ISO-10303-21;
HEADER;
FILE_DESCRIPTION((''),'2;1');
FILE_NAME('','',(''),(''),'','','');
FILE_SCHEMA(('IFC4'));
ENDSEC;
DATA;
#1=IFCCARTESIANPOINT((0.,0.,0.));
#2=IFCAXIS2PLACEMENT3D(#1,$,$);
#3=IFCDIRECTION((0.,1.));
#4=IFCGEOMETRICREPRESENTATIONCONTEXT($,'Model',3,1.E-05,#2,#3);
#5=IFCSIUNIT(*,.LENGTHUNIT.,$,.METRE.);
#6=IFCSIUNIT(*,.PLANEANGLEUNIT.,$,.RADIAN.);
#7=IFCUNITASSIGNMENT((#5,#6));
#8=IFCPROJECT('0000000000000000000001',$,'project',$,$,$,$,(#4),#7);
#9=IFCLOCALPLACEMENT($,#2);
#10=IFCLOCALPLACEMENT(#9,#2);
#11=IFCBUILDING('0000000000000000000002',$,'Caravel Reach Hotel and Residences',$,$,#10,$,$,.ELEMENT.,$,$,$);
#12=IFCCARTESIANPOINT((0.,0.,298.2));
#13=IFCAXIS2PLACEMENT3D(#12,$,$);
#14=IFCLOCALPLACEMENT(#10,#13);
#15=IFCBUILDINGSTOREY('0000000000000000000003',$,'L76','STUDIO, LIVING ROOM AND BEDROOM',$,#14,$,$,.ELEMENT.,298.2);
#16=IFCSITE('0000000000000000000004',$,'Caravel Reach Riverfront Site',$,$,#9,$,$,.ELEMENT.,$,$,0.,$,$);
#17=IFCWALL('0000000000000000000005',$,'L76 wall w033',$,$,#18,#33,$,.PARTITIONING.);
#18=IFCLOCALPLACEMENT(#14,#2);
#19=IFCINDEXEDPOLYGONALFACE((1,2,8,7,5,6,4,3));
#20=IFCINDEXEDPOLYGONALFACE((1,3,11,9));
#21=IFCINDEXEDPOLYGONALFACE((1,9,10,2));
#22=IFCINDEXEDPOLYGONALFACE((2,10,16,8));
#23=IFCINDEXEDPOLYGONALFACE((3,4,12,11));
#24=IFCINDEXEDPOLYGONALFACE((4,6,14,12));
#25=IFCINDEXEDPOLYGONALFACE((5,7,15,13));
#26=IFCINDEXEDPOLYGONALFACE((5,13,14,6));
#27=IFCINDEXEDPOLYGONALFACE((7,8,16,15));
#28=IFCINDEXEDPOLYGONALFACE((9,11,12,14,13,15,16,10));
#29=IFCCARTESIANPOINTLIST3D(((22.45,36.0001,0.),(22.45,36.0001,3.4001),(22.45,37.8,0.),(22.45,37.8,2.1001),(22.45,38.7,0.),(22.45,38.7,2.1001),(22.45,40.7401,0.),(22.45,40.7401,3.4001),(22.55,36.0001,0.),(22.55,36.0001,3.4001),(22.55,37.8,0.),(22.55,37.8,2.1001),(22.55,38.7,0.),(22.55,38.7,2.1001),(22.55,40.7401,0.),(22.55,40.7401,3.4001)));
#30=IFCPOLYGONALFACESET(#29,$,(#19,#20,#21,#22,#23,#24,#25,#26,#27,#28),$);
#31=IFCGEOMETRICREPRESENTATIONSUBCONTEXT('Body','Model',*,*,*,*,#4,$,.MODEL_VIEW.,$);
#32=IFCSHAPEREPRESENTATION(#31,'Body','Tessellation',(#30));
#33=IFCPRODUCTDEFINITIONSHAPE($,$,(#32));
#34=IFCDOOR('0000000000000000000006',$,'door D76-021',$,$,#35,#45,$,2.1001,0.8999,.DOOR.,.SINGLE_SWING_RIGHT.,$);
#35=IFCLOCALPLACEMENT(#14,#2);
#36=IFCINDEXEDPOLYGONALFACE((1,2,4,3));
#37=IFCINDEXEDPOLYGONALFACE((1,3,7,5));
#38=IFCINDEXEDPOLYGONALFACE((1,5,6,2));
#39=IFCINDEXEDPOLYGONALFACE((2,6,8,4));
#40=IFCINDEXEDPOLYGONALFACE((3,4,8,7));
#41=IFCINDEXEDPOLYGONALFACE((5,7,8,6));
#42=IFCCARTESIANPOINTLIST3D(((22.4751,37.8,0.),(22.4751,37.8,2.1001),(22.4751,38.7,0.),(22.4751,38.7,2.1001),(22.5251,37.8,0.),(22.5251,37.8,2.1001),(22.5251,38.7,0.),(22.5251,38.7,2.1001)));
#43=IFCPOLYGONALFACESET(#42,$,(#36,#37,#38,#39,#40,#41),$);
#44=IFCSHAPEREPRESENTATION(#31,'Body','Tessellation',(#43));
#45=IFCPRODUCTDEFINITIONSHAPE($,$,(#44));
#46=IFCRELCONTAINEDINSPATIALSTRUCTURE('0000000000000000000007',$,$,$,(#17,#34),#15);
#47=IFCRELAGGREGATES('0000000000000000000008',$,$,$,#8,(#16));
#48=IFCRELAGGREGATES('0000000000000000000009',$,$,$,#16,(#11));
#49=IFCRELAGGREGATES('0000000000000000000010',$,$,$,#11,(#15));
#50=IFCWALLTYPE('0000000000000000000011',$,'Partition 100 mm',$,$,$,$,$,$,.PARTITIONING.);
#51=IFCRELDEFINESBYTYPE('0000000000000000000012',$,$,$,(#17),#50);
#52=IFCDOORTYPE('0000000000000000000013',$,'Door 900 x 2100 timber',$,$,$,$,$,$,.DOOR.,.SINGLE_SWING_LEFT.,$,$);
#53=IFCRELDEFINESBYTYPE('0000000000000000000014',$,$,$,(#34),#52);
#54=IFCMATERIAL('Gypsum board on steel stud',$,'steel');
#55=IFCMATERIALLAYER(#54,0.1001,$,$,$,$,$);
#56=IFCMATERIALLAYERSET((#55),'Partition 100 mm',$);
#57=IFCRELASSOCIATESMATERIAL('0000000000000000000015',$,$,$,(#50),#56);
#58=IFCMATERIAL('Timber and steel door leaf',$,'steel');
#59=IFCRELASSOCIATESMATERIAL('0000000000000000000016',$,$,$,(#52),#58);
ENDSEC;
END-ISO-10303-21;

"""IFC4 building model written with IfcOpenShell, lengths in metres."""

from ifc_helpers import new_model, si_unit, direction, frame, frame_2d, origin, place, context, subcontext, project, spatial, rectangle, extrude, material, layer, layer_set, type_object, element, fill, save


model = new_model("IFC4")

# Units and contexts
model_context = context("Model", 3, precision=1e-05, world=origin(), true_north=direction((0.0, 1.0)))
body_context = subcontext(model_context, "Body", "Model", "MODEL_VIEW")
ifc_project = project(units=[si_unit("LENGTHUNIT", "METRE"), si_unit("PLANEANGLEUNIT", "RADIAN")], contexts=[model_context])

# Site, building, storey
site_placement = place(None, origin())
site = spatial("IfcSite", under=ifc_project, at=site_placement, Name="Caravel Reach Riverfront Site", CompositionType="ELEMENT", RefElevation=0.0)
building_placement = place(site_placement, origin())
building = spatial("IfcBuilding", under=site, at=building_placement, Name="Caravel Reach Hotel and Residences", CompositionType="ELEMENT")
storey_placement = place(building_placement, frame((0.0, 0.0, 298.2)))
storey = spatial("IfcBuildingStorey", under=building, at=storey_placement, Name="L76", Description="STUDIO, LIVING ROOM AND BEDROOM", CompositionType="ELEMENT", Elevation=298.2)

# Shared definitions
ifc_material_1 = material(Name="Gypsum board on steel stud", Category="steel")
ifc_layer_1 = layer(ifc_material_1, 0.1001)
ifc_layer_set_1 = layer_set([ifc_layer_1], Name="Partition 100 mm")
wall_type_1 = type_object("IfcWallType", Name="Partition 100 mm", PredefinedType="PARTITIONING", material=ifc_layer_set_1)

# Shared definitions
ifc_material_2 = material(Name="Timber and steel door leaf", Category="steel")
door_type = type_object("IfcDoorType", Name="Door 900 x 2100 timber", OperationType="SINGLE_SWING_LEFT", PredefinedType="DOOR", material=ifc_material_2)

# Wall, opening, door
wall_1_placement = place(storey_placement, frame((22.5, 36.0, 0.0), z_axis=(0.0, 0.0, 1.0), x_axis=(0.0, 1.0, 0.0)))
wall_1 = element("IfcWall", 1, at=wall_1_placement, inside=storey, type_object=wall_type_1, Name="L76 wall w033", PredefinedType="PARTITIONING", context=body_context, shape_type="SweptSolid", body=[
    extrude(rectangle(XDim=4.74, YDim=0.1001, at=frame_2d((2.3701, 0.0))), origin(), (0.0, 0.0, 1.0), 3.4001),
])
opening_1_placement = place(wall_1_placement, frame((1.8, 0.0, 0.0)))
opening_1 = element("IfcOpeningElement", 2, at=opening_1_placement, cuts=wall_1, PredefinedType="OPENING", context=body_context, shape_type="SweptSolid", body=[
    extrude(rectangle(XDim=0.8999, YDim=2.1001, at=frame_2d((0.45, 1.05))), frame((0.0, 0.0601, 0.0), z_axis=(0.0, -1.0, 0.0), x_axis=(1.0, 0.0, 0.0)), (0.0, 0.0, 1.0), 0.1201),
])
door_1_placement = place(opening_1_placement, origin())
door_1 = element("IfcDoor", 3, at=door_1_placement, inside=storey, type_object=door_type, Name="door D76-021", OperationType="SINGLE_SWING_RIGHT", OverallHeight=2.1001, OverallWidth=0.8999, PredefinedType="DOOR", context=body_context, shape_type="SweptSolid", body=[
    extrude(rectangle(XDim=0.8999, YDim=2.1001, at=frame_2d((0.45, 1.05))), frame((0.0, 0.0249, 0.0), z_axis=(0.0, -1.0, 0.0), x_axis=(1.0, 0.0, 0.0)), (0.0, 0.0, 1.0), 0.05),
])
fill(opening_1, door_1)

save(model, "model.ifc")
